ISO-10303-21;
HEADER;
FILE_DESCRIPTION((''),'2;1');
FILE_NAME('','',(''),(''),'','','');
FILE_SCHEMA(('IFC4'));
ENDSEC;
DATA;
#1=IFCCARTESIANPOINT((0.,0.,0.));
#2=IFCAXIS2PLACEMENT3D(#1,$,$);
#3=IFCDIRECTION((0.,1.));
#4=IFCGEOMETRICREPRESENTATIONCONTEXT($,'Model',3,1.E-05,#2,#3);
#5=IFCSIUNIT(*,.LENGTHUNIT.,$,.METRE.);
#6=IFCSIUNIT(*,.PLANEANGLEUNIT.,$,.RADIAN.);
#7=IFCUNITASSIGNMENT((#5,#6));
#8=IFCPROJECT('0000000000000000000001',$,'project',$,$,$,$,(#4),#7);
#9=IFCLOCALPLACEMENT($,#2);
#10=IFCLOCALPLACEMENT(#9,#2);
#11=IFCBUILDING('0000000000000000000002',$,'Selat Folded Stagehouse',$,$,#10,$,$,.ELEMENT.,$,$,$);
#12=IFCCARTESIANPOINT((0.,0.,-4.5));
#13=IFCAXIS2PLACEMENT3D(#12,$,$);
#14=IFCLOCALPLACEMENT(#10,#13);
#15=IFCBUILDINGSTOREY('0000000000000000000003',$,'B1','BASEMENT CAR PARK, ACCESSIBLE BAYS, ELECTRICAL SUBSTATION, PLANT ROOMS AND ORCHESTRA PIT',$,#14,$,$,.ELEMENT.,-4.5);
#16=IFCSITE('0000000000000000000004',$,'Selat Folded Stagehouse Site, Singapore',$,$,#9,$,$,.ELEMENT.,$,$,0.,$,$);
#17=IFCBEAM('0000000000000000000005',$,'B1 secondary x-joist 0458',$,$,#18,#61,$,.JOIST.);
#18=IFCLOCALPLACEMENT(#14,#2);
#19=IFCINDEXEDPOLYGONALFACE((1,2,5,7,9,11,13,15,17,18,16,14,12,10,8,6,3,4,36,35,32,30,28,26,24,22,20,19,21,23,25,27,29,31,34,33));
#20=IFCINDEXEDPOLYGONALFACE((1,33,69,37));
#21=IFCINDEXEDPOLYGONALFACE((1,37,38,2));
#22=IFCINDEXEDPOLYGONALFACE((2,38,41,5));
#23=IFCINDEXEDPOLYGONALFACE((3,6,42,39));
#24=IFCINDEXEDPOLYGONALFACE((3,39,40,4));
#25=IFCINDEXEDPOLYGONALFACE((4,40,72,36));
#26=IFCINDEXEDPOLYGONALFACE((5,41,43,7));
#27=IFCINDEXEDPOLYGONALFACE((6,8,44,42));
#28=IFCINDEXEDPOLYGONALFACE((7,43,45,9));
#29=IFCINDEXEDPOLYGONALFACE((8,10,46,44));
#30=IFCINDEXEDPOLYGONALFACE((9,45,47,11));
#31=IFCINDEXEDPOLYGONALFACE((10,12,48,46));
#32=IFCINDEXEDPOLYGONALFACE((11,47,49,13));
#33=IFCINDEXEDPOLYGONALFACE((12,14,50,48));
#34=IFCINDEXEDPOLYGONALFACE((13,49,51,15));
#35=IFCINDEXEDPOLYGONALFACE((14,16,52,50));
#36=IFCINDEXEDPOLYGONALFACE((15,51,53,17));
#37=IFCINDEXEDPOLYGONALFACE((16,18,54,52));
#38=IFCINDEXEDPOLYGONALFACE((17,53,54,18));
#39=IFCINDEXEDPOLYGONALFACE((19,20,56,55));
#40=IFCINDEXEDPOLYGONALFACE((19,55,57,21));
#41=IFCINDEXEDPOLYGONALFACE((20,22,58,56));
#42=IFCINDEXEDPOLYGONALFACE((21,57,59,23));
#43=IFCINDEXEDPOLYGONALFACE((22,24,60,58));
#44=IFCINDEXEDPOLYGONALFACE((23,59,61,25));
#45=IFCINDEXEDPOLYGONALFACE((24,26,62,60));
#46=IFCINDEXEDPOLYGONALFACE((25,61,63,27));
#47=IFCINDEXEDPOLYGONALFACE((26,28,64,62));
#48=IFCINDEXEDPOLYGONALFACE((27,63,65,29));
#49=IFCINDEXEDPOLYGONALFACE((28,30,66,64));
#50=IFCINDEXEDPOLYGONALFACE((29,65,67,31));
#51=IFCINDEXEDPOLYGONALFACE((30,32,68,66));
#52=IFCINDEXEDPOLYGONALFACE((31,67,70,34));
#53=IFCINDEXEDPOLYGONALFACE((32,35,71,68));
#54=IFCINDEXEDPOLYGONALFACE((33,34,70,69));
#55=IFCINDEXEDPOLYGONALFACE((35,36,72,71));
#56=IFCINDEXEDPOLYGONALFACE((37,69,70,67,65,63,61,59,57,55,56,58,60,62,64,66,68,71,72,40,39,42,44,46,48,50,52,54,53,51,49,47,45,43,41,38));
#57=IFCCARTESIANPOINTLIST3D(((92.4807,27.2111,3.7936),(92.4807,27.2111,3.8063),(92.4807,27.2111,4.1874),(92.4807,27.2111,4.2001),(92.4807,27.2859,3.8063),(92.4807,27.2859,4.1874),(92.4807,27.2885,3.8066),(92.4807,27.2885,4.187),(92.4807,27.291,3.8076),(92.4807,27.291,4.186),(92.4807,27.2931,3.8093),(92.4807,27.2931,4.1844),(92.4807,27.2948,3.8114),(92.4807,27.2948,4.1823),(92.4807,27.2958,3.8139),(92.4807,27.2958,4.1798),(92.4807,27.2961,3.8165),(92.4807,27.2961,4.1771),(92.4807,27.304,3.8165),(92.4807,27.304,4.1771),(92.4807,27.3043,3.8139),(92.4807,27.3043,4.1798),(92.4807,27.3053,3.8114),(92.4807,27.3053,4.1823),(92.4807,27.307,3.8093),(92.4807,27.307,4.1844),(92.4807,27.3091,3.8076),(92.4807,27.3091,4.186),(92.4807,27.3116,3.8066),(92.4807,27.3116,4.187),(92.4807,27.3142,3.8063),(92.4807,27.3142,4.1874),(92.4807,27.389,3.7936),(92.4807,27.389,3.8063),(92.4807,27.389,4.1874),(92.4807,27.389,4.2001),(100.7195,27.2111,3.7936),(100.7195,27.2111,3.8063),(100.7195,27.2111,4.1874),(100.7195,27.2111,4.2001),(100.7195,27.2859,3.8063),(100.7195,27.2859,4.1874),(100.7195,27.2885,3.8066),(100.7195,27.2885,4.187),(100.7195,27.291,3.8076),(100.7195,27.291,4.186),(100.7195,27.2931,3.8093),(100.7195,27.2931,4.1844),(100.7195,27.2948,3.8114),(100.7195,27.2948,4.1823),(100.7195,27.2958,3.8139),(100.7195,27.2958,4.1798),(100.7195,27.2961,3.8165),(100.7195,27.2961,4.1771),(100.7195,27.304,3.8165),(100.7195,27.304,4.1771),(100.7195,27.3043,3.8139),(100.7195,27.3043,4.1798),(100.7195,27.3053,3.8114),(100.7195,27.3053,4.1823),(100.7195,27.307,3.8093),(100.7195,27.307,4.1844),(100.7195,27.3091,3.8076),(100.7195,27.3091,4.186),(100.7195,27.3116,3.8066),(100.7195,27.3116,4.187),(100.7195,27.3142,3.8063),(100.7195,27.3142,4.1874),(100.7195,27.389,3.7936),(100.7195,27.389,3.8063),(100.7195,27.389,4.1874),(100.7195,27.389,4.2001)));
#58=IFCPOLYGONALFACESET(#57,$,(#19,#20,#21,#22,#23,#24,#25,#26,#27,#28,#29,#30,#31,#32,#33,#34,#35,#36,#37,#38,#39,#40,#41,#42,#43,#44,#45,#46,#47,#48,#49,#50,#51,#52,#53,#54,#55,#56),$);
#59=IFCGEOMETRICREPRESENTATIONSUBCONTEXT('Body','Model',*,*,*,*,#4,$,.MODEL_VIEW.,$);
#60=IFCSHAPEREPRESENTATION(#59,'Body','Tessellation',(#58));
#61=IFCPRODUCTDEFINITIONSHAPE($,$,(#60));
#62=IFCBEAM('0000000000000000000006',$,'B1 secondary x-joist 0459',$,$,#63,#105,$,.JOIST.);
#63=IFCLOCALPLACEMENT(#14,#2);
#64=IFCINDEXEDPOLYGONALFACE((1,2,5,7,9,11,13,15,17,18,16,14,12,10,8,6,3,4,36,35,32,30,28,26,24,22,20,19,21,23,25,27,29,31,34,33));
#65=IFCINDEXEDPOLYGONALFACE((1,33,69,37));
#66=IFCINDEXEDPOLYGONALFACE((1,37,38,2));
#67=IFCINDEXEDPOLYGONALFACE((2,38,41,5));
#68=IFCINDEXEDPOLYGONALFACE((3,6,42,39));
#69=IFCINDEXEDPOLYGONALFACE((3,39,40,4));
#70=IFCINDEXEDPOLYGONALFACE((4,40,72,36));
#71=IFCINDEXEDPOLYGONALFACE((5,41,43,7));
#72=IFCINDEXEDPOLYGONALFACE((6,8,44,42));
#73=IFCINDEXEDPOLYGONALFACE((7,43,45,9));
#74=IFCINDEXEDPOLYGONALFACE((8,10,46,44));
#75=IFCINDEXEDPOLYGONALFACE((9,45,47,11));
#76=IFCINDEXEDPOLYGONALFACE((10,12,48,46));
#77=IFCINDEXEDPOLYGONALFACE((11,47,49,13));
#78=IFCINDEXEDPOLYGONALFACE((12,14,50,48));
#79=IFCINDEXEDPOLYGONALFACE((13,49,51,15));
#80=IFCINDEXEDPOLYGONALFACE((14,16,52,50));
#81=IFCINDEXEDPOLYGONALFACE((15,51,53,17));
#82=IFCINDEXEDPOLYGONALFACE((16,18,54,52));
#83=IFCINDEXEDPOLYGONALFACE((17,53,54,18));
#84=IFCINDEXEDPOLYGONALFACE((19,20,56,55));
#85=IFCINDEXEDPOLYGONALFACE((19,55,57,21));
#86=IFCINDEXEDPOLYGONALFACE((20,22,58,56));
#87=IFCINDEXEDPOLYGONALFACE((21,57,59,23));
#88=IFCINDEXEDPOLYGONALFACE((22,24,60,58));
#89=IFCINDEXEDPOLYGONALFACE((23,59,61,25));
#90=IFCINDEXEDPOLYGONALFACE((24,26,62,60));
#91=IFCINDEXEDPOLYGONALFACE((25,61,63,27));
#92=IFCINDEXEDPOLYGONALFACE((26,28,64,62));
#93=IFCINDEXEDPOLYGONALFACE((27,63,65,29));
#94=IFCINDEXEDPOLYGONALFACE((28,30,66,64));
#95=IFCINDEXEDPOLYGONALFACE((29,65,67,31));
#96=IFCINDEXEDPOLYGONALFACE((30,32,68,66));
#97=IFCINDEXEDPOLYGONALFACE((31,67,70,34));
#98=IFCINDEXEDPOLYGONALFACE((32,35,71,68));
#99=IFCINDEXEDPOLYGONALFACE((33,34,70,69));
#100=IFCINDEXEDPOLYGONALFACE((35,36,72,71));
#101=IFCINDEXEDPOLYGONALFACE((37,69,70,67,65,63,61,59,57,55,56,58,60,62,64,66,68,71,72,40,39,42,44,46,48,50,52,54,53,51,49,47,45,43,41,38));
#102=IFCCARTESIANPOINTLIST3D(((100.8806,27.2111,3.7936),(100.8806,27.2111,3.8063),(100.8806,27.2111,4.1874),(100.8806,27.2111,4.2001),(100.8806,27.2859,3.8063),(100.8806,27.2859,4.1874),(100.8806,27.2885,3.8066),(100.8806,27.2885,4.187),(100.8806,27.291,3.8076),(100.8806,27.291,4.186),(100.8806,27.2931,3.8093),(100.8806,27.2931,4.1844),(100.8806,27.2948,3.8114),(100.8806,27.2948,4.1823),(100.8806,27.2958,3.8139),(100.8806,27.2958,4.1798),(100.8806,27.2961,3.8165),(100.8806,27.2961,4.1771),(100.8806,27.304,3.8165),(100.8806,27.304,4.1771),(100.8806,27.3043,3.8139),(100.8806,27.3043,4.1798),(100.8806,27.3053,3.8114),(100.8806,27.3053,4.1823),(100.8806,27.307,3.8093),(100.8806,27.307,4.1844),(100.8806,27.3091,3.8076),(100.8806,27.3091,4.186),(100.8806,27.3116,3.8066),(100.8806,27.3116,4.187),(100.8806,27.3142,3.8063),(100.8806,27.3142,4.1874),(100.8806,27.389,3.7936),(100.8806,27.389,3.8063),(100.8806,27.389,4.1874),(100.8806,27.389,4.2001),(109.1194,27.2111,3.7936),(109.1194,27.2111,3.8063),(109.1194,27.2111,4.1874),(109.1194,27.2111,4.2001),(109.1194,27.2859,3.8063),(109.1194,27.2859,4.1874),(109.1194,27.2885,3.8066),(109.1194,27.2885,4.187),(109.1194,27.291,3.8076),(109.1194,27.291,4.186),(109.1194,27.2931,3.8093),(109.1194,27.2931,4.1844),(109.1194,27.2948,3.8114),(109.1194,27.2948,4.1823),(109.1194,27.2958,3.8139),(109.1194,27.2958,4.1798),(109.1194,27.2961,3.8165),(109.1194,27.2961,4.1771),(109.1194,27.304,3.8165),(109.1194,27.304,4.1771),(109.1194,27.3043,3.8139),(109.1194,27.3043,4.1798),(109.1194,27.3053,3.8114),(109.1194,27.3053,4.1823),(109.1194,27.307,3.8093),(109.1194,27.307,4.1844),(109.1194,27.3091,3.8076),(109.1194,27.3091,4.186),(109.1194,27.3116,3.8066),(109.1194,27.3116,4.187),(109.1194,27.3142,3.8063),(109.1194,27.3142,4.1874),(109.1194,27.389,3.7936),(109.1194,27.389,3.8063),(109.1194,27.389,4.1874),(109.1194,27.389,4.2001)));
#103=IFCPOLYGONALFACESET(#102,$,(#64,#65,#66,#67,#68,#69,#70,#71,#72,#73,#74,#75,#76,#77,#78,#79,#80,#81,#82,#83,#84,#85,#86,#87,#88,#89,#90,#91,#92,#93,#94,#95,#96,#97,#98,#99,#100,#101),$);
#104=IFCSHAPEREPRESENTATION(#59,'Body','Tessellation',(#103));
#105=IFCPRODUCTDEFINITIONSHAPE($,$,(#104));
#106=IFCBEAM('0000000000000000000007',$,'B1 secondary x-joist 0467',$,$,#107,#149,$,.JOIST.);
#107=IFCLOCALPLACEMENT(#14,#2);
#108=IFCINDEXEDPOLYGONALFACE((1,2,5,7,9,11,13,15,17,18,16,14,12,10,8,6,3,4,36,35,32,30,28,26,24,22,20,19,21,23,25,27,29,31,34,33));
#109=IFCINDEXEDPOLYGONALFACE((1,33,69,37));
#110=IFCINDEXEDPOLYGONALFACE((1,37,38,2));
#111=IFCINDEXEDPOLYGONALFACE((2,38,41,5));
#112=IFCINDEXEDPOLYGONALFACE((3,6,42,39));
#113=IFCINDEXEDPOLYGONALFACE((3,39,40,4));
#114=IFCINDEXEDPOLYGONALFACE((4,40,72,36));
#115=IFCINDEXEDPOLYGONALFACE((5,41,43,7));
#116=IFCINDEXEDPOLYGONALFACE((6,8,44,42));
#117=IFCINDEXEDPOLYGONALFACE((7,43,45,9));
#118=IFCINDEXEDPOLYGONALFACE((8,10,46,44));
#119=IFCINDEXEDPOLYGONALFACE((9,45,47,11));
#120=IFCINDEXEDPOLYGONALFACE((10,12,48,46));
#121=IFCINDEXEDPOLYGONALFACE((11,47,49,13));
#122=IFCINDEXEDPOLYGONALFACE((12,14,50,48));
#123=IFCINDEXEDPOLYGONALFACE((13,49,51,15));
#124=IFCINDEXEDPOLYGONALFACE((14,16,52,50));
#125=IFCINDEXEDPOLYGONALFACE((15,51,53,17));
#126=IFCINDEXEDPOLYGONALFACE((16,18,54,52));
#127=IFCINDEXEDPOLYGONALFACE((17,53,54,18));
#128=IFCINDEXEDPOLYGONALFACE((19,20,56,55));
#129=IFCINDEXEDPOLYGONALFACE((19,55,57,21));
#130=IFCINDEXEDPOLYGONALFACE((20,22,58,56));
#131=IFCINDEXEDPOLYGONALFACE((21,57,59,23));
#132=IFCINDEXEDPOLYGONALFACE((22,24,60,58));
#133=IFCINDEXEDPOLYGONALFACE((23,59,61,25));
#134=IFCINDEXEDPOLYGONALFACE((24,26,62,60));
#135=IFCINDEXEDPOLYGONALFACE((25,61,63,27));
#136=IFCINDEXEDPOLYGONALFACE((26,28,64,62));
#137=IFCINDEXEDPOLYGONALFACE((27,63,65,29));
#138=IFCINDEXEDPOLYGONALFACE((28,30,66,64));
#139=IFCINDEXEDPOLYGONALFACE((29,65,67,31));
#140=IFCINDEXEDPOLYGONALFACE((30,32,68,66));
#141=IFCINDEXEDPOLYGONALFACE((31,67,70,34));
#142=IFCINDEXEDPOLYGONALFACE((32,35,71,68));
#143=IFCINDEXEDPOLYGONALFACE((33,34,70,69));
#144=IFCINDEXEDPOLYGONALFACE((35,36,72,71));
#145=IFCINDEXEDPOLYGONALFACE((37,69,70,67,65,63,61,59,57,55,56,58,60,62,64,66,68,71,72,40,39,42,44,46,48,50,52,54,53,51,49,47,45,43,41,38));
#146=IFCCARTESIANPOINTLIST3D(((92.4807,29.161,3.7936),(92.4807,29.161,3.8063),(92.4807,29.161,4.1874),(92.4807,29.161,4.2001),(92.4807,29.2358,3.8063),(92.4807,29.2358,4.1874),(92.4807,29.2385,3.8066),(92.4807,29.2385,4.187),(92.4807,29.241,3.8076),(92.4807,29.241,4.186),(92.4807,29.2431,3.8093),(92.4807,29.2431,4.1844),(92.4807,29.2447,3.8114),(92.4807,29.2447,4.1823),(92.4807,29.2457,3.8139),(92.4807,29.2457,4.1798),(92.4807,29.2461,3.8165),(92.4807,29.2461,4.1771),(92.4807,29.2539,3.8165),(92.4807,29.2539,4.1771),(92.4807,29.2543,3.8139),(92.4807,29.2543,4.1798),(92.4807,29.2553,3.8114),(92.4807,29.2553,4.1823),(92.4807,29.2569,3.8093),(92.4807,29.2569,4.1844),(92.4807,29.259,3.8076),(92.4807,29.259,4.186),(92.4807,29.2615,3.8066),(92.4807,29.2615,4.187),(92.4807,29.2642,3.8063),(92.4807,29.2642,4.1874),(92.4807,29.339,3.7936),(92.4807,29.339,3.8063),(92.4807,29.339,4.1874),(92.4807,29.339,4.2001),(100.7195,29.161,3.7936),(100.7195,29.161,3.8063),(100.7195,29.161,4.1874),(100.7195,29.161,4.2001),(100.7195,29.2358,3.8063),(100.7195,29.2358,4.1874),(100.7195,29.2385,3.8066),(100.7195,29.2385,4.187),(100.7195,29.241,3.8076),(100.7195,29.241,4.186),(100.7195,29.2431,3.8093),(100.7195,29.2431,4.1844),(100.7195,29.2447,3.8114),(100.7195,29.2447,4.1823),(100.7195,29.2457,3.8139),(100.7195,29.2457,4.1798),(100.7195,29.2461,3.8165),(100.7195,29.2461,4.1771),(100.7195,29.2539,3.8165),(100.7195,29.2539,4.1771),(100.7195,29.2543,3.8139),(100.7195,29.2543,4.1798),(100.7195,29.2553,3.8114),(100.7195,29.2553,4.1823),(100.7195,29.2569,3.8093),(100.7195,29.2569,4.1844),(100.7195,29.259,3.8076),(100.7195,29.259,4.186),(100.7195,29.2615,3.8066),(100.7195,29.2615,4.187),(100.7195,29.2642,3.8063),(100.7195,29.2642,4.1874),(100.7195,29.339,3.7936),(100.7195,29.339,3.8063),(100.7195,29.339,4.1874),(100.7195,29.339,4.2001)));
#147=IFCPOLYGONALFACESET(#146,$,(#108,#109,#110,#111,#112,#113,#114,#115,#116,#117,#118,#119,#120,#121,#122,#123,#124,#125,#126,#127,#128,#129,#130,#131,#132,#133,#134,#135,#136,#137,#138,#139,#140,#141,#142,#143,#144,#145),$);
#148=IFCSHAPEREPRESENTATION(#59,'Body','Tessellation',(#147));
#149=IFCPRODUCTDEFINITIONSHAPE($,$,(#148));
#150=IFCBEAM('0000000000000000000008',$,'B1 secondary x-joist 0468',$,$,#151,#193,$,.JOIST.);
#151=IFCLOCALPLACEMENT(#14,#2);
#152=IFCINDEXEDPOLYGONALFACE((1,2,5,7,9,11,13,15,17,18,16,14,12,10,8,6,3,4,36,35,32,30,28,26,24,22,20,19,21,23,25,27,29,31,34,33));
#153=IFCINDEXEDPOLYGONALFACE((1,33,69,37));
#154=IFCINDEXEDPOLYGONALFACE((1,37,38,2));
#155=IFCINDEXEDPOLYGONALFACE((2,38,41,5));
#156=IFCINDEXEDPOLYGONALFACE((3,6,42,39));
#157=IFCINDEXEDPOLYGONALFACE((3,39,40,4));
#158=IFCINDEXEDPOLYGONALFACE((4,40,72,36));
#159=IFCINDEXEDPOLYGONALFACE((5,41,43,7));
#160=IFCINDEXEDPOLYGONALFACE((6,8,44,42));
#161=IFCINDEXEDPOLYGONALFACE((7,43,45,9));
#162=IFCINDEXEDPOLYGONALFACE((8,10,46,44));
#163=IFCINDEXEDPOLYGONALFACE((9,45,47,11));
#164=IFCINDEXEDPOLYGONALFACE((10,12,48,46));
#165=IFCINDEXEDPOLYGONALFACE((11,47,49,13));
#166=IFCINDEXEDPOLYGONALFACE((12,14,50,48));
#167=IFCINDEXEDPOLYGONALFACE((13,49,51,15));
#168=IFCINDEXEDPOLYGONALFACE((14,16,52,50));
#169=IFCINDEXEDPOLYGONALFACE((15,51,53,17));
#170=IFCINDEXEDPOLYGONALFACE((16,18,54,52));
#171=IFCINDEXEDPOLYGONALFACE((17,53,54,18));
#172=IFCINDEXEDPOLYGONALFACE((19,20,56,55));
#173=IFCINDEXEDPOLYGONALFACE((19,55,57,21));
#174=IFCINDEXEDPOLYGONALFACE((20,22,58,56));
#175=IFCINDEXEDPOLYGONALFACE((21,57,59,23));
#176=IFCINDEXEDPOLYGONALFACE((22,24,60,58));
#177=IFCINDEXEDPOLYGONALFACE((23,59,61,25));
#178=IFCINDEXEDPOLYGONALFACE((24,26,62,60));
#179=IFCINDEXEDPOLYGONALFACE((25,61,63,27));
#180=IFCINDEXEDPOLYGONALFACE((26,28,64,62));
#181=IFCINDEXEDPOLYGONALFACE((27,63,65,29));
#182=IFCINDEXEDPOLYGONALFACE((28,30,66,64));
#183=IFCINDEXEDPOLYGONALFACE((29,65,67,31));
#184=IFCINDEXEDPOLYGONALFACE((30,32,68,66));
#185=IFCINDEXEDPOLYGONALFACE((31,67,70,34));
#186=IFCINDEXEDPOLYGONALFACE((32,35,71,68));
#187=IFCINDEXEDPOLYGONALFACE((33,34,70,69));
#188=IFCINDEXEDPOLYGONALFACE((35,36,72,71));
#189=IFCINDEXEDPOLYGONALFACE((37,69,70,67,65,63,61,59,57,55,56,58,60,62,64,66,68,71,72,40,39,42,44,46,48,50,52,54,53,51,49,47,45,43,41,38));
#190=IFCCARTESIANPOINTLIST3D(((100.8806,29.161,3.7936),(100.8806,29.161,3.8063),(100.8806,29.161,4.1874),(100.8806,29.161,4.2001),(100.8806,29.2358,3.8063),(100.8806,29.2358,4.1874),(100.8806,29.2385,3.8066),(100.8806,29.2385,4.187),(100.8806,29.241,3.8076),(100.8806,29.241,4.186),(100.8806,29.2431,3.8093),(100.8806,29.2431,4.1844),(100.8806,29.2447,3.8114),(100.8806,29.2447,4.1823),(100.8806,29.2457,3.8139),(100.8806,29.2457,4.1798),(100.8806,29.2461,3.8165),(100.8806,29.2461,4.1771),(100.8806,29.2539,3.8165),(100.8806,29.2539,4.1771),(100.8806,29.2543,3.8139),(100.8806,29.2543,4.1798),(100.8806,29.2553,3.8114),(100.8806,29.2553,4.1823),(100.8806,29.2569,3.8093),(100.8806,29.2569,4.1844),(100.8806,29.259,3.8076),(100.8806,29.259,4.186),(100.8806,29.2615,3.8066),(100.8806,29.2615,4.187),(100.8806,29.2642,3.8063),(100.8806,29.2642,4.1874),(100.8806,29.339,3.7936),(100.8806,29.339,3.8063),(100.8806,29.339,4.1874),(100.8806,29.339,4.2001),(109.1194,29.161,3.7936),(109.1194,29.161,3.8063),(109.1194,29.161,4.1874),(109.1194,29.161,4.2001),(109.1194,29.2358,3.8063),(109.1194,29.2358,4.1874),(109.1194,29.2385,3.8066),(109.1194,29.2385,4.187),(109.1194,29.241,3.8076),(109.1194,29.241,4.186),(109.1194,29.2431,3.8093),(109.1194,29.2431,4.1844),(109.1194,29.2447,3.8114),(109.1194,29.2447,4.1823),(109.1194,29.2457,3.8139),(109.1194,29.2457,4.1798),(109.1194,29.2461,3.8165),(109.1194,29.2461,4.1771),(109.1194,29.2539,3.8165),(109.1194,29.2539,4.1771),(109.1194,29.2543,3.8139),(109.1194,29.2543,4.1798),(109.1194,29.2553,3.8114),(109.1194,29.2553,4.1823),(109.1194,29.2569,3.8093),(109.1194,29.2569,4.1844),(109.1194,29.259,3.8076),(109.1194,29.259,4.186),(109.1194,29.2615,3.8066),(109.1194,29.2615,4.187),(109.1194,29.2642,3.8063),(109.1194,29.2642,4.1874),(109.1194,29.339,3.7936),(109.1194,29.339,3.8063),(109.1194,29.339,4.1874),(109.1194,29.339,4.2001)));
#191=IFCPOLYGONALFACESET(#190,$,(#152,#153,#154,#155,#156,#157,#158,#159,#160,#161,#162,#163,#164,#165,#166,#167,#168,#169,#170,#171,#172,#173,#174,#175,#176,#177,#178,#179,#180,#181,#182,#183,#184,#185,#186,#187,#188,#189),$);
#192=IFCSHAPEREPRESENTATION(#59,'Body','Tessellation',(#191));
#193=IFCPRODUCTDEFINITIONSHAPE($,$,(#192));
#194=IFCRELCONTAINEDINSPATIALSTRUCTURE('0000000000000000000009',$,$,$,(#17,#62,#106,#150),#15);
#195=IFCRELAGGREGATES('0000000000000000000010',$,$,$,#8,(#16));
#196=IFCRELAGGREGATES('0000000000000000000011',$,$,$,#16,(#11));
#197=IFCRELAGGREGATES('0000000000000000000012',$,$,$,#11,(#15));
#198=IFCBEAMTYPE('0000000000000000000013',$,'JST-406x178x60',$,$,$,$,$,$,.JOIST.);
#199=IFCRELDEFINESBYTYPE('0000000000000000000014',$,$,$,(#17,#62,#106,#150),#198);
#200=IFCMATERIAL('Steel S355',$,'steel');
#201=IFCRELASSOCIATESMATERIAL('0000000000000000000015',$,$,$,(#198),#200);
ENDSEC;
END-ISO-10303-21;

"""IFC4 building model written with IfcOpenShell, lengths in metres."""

from ifc_helpers import new_model, si_unit, direction, frame, origin, origin_2d, place, context, subcontext, project, spatial, i_section, extrude, material, material_profile, profile_set, type_object, element, save


model = new_model("IFC4")

# Units and contexts
model_context = context("Model", 3, precision=1e-05, world=origin(), true_north=direction((0.0, 1.0)))
body_context = subcontext(model_context, "Body", "Model", "MODEL_VIEW")
ifc_project = project(units=[si_unit("LENGTHUNIT", "METRE"), si_unit("PLANEANGLEUNIT", "RADIAN")], contexts=[model_context])

# Site, building, storey
site_placement = place(None, origin())
site = spatial("IfcSite", under=ifc_project, at=site_placement, Name="Selat Folded Stagehouse Site, Singapore", CompositionType="ELEMENT", RefElevation=0.0)
building_placement = place(site_placement, origin())
building = spatial("IfcBuilding", under=site, at=building_placement, Name="Selat Folded Stagehouse", CompositionType="ELEMENT")
storey_placement = place(building_placement, frame((0.0, 0.0, -4.5)))
storey = spatial("IfcBuildingStorey", under=building, at=storey_placement, Name="B1", Description="BASEMENT CAR PARK, ACCESSIBLE BAYS, ELECTRICAL SUBSTATION, PLANT ROOMS AND ORCHESTRA PIT", CompositionType="ELEMENT", Elevation=-4.5)

# Shared definitions
ifc_material_1 = material(Name="Steel S355", Category="steel")

# Beams
ifc_material_profile_1 = material_profile(ifc_material_1, i_section(OverallWidth=0.178, OverallDepth=0.4065, WebThickness=0.0078, FlangeThickness=0.0127, FilletRadius=0.0103, at=origin_2d()), Name="UKB 406x178x60")
ifc_profile_set_1 = profile_set([ifc_material_profile_1], Name="Steel S355")
beam_type_1 = type_object("IfcBeamType", Name="JST-406x178x60", PredefinedType="JOIST", material=ifc_profile_set_1)
for number, where, z_axis, x_axis, name in (
    (1, (92.4807, 27.3, 3.9968), (1.0, 0.0, 0.0), (0.0, 1.0, 0.0), "B1 secondary x-joist 0458"),
    (2, (100.8806, 27.3, 3.9968), (1.0, 0.0, 0.0), (0.0, 1.0, 0.0), "B1 secondary x-joist 0459"),
    (3, (92.4807, 29.25, 3.9968), (1.0, 0.0, 0.0), (0.0, 1.0, 0.0), "B1 secondary x-joist 0467"),
    (4, (100.8806, 29.25, 3.9968), (1.0, 0.0, 0.0), (0.0, 1.0, 0.0), "B1 secondary x-joist 0468"),
):
    element("IfcBeam", number, at=place(storey_placement, frame(where, z_axis=z_axis, x_axis=x_axis)), inside=storey, type_object=beam_type_1, Name=name, PredefinedType="JOIST", context=body_context, shape_type="SweptSolid", body=[
        extrude(i_section(OverallWidth=0.178, OverallDepth=0.4065, WebThickness=0.0078, FlangeThickness=0.0127, FilletRadius=0.0103, at=origin_2d()), origin(), (0.0, 0.0, 1.0), 8.2388),
    ])

save(model, "model.ifc")
